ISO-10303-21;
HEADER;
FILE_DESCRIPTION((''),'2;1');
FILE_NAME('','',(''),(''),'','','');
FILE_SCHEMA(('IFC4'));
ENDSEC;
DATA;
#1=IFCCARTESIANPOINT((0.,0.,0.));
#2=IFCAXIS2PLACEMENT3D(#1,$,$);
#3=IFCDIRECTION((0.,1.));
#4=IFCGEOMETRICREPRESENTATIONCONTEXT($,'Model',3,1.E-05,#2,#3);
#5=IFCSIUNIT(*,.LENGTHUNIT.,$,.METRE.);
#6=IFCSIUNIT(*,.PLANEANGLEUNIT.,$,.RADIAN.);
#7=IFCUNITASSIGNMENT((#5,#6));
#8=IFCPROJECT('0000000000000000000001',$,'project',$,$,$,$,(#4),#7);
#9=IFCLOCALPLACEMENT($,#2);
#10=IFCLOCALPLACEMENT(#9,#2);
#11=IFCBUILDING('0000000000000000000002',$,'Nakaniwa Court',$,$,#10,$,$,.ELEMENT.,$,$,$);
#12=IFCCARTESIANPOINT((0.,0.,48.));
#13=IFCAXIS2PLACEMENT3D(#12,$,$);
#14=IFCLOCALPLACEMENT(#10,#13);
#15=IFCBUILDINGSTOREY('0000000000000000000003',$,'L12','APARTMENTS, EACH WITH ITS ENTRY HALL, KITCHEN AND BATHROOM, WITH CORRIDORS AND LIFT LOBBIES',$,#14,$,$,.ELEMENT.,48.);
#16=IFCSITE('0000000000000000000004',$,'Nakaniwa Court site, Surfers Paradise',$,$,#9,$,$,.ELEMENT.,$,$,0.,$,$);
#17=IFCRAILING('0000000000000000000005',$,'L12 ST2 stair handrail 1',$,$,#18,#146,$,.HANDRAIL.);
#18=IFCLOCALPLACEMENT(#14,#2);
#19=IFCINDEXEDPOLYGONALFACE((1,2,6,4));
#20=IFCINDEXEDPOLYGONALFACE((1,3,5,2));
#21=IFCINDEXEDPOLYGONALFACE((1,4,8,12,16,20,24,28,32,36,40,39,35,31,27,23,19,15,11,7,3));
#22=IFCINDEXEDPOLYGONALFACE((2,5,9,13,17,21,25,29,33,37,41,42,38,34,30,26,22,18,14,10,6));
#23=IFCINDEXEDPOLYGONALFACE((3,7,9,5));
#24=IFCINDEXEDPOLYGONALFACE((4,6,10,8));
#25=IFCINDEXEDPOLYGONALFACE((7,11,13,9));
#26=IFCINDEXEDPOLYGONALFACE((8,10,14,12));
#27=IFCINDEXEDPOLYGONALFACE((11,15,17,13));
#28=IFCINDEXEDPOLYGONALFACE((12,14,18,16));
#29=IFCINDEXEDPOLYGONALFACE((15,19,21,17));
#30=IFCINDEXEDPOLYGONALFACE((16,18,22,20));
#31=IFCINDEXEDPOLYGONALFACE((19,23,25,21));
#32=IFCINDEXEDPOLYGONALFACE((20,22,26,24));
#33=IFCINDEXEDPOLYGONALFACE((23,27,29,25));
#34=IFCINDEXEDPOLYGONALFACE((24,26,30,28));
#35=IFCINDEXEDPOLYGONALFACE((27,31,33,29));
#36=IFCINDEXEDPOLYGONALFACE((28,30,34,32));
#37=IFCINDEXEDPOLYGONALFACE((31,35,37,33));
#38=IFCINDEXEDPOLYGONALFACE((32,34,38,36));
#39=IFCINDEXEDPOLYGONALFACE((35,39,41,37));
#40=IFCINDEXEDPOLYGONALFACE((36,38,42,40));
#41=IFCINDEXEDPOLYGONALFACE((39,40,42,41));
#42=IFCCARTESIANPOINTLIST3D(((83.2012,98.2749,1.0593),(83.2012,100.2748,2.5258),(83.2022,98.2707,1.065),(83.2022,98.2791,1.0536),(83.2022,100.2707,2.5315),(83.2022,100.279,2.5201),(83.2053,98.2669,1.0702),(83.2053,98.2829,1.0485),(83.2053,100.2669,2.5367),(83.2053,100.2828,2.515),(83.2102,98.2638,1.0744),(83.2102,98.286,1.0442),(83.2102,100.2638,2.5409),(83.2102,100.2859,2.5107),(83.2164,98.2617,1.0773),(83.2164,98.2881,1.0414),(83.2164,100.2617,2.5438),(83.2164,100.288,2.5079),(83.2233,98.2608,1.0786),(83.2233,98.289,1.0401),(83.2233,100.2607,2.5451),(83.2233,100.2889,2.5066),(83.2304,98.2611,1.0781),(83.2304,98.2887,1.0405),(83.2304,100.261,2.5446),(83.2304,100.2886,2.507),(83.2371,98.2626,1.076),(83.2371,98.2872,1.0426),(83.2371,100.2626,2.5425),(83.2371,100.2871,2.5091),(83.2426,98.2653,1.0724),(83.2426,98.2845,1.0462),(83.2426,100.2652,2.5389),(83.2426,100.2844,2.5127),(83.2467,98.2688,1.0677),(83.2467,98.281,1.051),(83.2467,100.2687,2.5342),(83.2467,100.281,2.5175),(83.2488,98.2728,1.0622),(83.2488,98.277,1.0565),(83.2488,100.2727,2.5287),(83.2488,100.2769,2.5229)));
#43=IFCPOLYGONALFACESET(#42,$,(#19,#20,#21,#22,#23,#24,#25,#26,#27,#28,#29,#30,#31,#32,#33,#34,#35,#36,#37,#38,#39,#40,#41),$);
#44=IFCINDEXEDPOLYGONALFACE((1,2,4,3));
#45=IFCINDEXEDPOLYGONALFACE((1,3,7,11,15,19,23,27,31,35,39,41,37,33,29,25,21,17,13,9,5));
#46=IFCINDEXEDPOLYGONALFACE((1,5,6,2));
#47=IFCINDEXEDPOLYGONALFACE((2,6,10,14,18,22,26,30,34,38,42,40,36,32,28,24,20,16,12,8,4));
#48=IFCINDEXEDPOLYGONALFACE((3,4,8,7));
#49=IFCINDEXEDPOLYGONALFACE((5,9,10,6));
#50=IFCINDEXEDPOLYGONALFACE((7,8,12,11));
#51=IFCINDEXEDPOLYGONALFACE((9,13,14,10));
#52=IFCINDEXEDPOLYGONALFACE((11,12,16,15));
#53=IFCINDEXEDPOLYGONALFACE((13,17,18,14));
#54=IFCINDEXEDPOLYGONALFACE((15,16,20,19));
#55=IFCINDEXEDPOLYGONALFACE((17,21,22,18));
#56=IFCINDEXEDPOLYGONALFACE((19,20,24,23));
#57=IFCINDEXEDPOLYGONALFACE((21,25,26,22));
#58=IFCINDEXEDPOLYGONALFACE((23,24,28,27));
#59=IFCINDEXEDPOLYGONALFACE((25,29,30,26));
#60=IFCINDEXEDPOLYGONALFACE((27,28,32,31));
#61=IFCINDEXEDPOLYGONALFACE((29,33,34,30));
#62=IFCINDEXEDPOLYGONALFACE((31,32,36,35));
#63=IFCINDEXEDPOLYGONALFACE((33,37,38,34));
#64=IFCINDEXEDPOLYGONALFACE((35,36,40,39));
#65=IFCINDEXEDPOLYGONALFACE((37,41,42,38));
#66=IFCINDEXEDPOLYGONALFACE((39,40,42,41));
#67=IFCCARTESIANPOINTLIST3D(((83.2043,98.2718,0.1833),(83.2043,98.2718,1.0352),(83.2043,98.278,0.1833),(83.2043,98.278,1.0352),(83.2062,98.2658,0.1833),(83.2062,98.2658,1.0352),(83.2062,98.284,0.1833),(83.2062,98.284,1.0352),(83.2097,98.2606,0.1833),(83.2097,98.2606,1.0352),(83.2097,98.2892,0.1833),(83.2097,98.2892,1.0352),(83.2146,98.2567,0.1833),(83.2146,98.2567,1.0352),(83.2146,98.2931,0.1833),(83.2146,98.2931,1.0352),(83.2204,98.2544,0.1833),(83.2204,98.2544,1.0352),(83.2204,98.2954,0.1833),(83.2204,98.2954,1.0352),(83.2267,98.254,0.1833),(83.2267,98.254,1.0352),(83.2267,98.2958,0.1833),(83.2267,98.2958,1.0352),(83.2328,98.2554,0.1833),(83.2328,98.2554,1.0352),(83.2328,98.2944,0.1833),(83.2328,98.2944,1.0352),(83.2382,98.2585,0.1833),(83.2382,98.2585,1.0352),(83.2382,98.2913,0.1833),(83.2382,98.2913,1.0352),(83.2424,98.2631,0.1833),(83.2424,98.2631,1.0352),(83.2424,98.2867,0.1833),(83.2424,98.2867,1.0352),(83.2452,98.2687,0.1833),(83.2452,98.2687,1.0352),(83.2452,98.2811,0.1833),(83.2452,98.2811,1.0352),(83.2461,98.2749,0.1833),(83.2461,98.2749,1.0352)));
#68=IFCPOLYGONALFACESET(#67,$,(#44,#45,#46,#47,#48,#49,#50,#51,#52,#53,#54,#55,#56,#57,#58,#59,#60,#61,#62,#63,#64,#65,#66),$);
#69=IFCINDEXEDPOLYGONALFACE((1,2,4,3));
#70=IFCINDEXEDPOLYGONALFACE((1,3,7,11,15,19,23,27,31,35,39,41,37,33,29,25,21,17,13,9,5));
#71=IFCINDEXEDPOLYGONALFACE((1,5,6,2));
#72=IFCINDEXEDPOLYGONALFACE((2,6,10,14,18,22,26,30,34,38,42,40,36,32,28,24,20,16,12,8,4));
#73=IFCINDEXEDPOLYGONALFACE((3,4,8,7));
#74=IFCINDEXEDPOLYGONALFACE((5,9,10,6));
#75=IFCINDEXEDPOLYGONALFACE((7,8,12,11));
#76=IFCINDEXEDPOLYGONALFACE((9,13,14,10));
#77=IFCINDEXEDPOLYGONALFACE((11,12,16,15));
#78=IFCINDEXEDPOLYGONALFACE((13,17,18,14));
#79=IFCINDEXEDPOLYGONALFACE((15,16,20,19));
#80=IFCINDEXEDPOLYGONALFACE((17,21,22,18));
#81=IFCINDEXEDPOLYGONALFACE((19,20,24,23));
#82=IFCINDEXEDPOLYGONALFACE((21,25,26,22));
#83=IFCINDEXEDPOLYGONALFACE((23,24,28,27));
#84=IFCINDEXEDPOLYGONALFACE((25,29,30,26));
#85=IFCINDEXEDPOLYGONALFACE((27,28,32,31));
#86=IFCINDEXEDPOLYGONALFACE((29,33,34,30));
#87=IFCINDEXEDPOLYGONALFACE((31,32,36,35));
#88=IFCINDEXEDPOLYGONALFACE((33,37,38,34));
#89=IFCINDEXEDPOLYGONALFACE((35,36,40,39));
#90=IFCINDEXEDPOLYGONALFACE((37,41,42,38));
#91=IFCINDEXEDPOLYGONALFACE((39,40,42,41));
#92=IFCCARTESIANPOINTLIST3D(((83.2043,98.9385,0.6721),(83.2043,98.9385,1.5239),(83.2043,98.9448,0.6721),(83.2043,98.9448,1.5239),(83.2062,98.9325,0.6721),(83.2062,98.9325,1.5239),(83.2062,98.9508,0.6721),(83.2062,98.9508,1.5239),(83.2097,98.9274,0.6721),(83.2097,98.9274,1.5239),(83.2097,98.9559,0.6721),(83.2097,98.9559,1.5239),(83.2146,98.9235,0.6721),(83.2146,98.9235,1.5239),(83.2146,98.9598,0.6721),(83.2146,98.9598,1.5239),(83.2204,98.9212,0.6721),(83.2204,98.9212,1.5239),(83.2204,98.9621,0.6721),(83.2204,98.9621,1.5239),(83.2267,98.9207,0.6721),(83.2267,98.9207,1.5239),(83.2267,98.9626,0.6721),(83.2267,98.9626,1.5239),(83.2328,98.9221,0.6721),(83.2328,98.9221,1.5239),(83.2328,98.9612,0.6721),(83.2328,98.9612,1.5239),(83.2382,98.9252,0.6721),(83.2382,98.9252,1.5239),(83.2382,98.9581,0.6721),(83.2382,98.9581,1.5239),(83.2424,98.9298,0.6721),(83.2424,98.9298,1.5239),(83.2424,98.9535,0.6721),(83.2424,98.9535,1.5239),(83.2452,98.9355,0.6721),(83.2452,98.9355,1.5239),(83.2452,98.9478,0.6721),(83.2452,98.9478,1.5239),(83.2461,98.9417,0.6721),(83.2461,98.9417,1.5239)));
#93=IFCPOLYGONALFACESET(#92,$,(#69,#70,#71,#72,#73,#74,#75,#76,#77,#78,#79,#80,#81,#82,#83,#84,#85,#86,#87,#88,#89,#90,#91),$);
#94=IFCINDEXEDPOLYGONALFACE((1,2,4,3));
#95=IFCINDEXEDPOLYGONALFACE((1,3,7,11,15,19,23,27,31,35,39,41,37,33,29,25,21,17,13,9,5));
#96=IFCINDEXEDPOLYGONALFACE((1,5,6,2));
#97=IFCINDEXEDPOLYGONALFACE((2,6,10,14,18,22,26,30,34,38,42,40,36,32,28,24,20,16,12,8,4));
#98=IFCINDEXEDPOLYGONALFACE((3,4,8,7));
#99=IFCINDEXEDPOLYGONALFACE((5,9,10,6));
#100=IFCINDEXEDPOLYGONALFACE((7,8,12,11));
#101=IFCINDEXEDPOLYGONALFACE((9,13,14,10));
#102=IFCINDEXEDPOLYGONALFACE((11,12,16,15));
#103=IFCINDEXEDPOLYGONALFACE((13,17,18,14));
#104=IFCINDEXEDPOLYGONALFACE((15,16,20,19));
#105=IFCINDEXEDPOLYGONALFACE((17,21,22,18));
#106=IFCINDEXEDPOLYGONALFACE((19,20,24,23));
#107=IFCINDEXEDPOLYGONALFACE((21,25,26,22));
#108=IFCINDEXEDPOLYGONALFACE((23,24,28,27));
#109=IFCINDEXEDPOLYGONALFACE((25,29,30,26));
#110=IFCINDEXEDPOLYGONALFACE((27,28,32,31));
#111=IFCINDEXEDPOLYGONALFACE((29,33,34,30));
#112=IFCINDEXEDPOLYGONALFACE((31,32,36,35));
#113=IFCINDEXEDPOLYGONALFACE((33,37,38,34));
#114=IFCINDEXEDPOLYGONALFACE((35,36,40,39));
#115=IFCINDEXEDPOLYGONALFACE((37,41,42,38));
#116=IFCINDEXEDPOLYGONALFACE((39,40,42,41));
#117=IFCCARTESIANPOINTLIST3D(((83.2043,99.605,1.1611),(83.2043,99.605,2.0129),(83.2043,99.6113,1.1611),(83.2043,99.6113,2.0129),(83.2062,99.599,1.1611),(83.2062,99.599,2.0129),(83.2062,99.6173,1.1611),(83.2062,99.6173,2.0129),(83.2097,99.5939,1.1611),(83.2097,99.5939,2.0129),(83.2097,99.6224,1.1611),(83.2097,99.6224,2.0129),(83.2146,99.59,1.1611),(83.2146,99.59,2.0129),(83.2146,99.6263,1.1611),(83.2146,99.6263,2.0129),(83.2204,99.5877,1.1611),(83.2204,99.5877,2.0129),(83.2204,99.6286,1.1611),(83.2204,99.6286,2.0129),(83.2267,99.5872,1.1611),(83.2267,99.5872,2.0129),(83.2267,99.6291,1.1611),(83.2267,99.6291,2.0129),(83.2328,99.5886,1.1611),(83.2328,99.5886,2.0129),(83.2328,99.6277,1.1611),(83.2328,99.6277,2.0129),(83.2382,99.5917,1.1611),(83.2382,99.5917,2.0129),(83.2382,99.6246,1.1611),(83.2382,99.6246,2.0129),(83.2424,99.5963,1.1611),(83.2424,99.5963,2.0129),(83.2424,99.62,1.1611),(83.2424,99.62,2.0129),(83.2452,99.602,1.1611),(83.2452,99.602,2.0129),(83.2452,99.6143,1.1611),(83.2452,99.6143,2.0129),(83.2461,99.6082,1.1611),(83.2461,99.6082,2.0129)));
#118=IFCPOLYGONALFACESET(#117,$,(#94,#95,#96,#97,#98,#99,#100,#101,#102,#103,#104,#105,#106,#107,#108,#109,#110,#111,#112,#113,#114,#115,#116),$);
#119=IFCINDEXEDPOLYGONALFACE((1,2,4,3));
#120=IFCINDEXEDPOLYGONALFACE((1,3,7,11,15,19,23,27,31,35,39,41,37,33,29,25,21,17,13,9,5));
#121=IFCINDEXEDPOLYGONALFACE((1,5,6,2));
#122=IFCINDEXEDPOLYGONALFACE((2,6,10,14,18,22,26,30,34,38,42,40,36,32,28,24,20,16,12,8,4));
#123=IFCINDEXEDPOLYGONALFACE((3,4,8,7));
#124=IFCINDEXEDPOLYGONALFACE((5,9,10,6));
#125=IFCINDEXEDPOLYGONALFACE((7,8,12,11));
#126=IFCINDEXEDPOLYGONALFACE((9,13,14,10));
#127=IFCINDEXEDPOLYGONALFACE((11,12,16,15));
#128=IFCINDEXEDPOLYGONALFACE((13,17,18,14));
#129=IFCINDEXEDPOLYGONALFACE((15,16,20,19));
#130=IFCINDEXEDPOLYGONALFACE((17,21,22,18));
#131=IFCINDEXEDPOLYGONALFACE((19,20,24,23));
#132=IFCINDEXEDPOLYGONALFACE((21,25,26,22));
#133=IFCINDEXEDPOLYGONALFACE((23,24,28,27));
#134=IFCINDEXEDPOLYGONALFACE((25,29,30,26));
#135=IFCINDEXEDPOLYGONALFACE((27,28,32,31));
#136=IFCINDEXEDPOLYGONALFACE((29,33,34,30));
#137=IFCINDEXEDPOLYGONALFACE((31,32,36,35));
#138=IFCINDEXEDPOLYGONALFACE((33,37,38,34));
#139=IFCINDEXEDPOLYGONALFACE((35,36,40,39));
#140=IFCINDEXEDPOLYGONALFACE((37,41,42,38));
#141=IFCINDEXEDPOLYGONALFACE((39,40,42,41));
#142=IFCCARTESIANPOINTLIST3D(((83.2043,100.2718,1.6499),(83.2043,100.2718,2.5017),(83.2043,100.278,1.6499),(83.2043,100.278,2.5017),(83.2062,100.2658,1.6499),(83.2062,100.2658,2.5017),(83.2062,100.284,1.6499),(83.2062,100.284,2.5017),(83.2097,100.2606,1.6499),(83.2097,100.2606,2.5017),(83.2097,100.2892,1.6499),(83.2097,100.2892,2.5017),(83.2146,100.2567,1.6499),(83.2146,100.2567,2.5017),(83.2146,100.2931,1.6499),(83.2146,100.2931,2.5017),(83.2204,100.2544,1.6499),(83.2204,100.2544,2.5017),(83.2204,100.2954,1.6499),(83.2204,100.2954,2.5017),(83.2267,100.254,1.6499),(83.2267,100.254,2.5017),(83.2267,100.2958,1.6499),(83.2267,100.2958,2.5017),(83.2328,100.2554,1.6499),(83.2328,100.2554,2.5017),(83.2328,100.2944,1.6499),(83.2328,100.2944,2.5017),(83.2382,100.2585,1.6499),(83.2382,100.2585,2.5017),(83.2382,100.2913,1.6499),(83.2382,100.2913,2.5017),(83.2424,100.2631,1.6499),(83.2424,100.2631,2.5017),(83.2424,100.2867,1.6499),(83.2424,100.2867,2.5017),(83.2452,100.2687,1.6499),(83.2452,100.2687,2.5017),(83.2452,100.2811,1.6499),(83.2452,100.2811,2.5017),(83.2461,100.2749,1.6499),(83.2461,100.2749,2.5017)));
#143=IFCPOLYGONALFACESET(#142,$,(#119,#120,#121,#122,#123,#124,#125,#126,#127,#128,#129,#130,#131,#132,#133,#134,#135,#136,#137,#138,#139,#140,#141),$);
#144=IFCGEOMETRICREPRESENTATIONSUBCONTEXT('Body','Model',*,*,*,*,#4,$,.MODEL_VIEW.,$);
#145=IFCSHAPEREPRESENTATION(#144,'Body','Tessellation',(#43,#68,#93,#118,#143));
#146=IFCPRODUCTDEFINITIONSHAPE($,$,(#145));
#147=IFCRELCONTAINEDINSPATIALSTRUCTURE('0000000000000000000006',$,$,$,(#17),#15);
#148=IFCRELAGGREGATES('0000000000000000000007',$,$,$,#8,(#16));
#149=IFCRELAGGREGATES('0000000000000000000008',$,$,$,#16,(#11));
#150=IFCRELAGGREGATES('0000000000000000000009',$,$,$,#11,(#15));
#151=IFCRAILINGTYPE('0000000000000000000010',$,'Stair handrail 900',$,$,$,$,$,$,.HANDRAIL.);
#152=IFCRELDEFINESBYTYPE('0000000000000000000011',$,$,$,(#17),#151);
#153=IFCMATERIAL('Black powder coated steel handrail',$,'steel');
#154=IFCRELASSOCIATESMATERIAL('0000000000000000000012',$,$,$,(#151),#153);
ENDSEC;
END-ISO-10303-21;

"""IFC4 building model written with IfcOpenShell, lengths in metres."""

from ifc_helpers import new_model, si_unit, direction, frame, origin, origin_2d, place, context, subcontext, project, spatial, circle, extrude, material, type_object, element, save


model = new_model("IFC4")

# Units and contexts
model_context = context("Model", 3, precision=1e-05, world=origin(), true_north=direction((0.0, 1.0)))
body_context = subcontext(model_context, "Body", "Model", "MODEL_VIEW")
ifc_project = project(units=[si_unit("LENGTHUNIT", "METRE"), si_unit("PLANEANGLEUNIT", "RADIAN")], contexts=[model_context])

# Site, building, storey
site_placement = place(None, origin())
site = spatial("IfcSite", under=ifc_project, at=site_placement, Name="Nakaniwa Court site, Surfers Paradise", CompositionType="ELEMENT", RefElevation=0.0)
building_placement = place(site_placement, origin())
building = spatial("IfcBuilding", under=site, at=building_placement, Name="Nakaniwa Court", CompositionType="ELEMENT")
storey_placement = place(building_placement, frame((0.0, 0.0, 48.0)))
storey = spatial("IfcBuildingStorey", under=building, at=storey_placement, Name="L12", Description="APARTMENTS, EACH WITH ITS ENTRY HALL, KITCHEN AND BATHROOM, WITH CORRIDORS AND LIFT LOBBIES", CompositionType="ELEMENT", Elevation=48.0)

# Railing
ifc_material_1 = material(Name="Black powder coated steel handrail", Category="steel")
railing_type_1 = type_object("IfcRailingType", Name="Stair handrail 900", PredefinedType="HANDRAIL", material=ifc_material_1)
railing_1_placement = place(storey_placement, frame((83.2251, 98.2749, 0.1833)))
element("IfcRailing", 1, at=railing_1_placement, inside=storey, type_object=railing_type_1, Name="L12 ST2 stair handrail 1", PredefinedType="HANDRAIL", context=body_context, shape_type="SweptSolid", body=[
    extrude(circle(Radius=0.0239, at=origin_2d()), frame((0.0, 0.0, 0.876), z_axis=(0.0, 0.806427, 0.591334), x_axis=(-1.0, 0.0, 0.0)), (0.0, 0.0, 1.0), 2.48),
    extrude(circle(Radius=0.021, at=origin_2d()), origin(), (0.0, 0.0, 1.0), 0.8518),
    extrude(circle(Radius=0.021, at=origin_2d()), frame((0.0, 0.6667, 0.4888)), (0.0, 0.0, 1.0), 0.8518),
    extrude(circle(Radius=0.021, at=origin_2d()), frame((0.0, 1.3333, 0.9778)), (0.0, 0.0, 1.0), 0.8518),
    extrude(circle(Radius=0.021, at=origin_2d()), frame((0.0, 2.0, 1.4666)), (0.0, 0.0, 1.0), 0.8518),
])

save(model, "model.ifc")
